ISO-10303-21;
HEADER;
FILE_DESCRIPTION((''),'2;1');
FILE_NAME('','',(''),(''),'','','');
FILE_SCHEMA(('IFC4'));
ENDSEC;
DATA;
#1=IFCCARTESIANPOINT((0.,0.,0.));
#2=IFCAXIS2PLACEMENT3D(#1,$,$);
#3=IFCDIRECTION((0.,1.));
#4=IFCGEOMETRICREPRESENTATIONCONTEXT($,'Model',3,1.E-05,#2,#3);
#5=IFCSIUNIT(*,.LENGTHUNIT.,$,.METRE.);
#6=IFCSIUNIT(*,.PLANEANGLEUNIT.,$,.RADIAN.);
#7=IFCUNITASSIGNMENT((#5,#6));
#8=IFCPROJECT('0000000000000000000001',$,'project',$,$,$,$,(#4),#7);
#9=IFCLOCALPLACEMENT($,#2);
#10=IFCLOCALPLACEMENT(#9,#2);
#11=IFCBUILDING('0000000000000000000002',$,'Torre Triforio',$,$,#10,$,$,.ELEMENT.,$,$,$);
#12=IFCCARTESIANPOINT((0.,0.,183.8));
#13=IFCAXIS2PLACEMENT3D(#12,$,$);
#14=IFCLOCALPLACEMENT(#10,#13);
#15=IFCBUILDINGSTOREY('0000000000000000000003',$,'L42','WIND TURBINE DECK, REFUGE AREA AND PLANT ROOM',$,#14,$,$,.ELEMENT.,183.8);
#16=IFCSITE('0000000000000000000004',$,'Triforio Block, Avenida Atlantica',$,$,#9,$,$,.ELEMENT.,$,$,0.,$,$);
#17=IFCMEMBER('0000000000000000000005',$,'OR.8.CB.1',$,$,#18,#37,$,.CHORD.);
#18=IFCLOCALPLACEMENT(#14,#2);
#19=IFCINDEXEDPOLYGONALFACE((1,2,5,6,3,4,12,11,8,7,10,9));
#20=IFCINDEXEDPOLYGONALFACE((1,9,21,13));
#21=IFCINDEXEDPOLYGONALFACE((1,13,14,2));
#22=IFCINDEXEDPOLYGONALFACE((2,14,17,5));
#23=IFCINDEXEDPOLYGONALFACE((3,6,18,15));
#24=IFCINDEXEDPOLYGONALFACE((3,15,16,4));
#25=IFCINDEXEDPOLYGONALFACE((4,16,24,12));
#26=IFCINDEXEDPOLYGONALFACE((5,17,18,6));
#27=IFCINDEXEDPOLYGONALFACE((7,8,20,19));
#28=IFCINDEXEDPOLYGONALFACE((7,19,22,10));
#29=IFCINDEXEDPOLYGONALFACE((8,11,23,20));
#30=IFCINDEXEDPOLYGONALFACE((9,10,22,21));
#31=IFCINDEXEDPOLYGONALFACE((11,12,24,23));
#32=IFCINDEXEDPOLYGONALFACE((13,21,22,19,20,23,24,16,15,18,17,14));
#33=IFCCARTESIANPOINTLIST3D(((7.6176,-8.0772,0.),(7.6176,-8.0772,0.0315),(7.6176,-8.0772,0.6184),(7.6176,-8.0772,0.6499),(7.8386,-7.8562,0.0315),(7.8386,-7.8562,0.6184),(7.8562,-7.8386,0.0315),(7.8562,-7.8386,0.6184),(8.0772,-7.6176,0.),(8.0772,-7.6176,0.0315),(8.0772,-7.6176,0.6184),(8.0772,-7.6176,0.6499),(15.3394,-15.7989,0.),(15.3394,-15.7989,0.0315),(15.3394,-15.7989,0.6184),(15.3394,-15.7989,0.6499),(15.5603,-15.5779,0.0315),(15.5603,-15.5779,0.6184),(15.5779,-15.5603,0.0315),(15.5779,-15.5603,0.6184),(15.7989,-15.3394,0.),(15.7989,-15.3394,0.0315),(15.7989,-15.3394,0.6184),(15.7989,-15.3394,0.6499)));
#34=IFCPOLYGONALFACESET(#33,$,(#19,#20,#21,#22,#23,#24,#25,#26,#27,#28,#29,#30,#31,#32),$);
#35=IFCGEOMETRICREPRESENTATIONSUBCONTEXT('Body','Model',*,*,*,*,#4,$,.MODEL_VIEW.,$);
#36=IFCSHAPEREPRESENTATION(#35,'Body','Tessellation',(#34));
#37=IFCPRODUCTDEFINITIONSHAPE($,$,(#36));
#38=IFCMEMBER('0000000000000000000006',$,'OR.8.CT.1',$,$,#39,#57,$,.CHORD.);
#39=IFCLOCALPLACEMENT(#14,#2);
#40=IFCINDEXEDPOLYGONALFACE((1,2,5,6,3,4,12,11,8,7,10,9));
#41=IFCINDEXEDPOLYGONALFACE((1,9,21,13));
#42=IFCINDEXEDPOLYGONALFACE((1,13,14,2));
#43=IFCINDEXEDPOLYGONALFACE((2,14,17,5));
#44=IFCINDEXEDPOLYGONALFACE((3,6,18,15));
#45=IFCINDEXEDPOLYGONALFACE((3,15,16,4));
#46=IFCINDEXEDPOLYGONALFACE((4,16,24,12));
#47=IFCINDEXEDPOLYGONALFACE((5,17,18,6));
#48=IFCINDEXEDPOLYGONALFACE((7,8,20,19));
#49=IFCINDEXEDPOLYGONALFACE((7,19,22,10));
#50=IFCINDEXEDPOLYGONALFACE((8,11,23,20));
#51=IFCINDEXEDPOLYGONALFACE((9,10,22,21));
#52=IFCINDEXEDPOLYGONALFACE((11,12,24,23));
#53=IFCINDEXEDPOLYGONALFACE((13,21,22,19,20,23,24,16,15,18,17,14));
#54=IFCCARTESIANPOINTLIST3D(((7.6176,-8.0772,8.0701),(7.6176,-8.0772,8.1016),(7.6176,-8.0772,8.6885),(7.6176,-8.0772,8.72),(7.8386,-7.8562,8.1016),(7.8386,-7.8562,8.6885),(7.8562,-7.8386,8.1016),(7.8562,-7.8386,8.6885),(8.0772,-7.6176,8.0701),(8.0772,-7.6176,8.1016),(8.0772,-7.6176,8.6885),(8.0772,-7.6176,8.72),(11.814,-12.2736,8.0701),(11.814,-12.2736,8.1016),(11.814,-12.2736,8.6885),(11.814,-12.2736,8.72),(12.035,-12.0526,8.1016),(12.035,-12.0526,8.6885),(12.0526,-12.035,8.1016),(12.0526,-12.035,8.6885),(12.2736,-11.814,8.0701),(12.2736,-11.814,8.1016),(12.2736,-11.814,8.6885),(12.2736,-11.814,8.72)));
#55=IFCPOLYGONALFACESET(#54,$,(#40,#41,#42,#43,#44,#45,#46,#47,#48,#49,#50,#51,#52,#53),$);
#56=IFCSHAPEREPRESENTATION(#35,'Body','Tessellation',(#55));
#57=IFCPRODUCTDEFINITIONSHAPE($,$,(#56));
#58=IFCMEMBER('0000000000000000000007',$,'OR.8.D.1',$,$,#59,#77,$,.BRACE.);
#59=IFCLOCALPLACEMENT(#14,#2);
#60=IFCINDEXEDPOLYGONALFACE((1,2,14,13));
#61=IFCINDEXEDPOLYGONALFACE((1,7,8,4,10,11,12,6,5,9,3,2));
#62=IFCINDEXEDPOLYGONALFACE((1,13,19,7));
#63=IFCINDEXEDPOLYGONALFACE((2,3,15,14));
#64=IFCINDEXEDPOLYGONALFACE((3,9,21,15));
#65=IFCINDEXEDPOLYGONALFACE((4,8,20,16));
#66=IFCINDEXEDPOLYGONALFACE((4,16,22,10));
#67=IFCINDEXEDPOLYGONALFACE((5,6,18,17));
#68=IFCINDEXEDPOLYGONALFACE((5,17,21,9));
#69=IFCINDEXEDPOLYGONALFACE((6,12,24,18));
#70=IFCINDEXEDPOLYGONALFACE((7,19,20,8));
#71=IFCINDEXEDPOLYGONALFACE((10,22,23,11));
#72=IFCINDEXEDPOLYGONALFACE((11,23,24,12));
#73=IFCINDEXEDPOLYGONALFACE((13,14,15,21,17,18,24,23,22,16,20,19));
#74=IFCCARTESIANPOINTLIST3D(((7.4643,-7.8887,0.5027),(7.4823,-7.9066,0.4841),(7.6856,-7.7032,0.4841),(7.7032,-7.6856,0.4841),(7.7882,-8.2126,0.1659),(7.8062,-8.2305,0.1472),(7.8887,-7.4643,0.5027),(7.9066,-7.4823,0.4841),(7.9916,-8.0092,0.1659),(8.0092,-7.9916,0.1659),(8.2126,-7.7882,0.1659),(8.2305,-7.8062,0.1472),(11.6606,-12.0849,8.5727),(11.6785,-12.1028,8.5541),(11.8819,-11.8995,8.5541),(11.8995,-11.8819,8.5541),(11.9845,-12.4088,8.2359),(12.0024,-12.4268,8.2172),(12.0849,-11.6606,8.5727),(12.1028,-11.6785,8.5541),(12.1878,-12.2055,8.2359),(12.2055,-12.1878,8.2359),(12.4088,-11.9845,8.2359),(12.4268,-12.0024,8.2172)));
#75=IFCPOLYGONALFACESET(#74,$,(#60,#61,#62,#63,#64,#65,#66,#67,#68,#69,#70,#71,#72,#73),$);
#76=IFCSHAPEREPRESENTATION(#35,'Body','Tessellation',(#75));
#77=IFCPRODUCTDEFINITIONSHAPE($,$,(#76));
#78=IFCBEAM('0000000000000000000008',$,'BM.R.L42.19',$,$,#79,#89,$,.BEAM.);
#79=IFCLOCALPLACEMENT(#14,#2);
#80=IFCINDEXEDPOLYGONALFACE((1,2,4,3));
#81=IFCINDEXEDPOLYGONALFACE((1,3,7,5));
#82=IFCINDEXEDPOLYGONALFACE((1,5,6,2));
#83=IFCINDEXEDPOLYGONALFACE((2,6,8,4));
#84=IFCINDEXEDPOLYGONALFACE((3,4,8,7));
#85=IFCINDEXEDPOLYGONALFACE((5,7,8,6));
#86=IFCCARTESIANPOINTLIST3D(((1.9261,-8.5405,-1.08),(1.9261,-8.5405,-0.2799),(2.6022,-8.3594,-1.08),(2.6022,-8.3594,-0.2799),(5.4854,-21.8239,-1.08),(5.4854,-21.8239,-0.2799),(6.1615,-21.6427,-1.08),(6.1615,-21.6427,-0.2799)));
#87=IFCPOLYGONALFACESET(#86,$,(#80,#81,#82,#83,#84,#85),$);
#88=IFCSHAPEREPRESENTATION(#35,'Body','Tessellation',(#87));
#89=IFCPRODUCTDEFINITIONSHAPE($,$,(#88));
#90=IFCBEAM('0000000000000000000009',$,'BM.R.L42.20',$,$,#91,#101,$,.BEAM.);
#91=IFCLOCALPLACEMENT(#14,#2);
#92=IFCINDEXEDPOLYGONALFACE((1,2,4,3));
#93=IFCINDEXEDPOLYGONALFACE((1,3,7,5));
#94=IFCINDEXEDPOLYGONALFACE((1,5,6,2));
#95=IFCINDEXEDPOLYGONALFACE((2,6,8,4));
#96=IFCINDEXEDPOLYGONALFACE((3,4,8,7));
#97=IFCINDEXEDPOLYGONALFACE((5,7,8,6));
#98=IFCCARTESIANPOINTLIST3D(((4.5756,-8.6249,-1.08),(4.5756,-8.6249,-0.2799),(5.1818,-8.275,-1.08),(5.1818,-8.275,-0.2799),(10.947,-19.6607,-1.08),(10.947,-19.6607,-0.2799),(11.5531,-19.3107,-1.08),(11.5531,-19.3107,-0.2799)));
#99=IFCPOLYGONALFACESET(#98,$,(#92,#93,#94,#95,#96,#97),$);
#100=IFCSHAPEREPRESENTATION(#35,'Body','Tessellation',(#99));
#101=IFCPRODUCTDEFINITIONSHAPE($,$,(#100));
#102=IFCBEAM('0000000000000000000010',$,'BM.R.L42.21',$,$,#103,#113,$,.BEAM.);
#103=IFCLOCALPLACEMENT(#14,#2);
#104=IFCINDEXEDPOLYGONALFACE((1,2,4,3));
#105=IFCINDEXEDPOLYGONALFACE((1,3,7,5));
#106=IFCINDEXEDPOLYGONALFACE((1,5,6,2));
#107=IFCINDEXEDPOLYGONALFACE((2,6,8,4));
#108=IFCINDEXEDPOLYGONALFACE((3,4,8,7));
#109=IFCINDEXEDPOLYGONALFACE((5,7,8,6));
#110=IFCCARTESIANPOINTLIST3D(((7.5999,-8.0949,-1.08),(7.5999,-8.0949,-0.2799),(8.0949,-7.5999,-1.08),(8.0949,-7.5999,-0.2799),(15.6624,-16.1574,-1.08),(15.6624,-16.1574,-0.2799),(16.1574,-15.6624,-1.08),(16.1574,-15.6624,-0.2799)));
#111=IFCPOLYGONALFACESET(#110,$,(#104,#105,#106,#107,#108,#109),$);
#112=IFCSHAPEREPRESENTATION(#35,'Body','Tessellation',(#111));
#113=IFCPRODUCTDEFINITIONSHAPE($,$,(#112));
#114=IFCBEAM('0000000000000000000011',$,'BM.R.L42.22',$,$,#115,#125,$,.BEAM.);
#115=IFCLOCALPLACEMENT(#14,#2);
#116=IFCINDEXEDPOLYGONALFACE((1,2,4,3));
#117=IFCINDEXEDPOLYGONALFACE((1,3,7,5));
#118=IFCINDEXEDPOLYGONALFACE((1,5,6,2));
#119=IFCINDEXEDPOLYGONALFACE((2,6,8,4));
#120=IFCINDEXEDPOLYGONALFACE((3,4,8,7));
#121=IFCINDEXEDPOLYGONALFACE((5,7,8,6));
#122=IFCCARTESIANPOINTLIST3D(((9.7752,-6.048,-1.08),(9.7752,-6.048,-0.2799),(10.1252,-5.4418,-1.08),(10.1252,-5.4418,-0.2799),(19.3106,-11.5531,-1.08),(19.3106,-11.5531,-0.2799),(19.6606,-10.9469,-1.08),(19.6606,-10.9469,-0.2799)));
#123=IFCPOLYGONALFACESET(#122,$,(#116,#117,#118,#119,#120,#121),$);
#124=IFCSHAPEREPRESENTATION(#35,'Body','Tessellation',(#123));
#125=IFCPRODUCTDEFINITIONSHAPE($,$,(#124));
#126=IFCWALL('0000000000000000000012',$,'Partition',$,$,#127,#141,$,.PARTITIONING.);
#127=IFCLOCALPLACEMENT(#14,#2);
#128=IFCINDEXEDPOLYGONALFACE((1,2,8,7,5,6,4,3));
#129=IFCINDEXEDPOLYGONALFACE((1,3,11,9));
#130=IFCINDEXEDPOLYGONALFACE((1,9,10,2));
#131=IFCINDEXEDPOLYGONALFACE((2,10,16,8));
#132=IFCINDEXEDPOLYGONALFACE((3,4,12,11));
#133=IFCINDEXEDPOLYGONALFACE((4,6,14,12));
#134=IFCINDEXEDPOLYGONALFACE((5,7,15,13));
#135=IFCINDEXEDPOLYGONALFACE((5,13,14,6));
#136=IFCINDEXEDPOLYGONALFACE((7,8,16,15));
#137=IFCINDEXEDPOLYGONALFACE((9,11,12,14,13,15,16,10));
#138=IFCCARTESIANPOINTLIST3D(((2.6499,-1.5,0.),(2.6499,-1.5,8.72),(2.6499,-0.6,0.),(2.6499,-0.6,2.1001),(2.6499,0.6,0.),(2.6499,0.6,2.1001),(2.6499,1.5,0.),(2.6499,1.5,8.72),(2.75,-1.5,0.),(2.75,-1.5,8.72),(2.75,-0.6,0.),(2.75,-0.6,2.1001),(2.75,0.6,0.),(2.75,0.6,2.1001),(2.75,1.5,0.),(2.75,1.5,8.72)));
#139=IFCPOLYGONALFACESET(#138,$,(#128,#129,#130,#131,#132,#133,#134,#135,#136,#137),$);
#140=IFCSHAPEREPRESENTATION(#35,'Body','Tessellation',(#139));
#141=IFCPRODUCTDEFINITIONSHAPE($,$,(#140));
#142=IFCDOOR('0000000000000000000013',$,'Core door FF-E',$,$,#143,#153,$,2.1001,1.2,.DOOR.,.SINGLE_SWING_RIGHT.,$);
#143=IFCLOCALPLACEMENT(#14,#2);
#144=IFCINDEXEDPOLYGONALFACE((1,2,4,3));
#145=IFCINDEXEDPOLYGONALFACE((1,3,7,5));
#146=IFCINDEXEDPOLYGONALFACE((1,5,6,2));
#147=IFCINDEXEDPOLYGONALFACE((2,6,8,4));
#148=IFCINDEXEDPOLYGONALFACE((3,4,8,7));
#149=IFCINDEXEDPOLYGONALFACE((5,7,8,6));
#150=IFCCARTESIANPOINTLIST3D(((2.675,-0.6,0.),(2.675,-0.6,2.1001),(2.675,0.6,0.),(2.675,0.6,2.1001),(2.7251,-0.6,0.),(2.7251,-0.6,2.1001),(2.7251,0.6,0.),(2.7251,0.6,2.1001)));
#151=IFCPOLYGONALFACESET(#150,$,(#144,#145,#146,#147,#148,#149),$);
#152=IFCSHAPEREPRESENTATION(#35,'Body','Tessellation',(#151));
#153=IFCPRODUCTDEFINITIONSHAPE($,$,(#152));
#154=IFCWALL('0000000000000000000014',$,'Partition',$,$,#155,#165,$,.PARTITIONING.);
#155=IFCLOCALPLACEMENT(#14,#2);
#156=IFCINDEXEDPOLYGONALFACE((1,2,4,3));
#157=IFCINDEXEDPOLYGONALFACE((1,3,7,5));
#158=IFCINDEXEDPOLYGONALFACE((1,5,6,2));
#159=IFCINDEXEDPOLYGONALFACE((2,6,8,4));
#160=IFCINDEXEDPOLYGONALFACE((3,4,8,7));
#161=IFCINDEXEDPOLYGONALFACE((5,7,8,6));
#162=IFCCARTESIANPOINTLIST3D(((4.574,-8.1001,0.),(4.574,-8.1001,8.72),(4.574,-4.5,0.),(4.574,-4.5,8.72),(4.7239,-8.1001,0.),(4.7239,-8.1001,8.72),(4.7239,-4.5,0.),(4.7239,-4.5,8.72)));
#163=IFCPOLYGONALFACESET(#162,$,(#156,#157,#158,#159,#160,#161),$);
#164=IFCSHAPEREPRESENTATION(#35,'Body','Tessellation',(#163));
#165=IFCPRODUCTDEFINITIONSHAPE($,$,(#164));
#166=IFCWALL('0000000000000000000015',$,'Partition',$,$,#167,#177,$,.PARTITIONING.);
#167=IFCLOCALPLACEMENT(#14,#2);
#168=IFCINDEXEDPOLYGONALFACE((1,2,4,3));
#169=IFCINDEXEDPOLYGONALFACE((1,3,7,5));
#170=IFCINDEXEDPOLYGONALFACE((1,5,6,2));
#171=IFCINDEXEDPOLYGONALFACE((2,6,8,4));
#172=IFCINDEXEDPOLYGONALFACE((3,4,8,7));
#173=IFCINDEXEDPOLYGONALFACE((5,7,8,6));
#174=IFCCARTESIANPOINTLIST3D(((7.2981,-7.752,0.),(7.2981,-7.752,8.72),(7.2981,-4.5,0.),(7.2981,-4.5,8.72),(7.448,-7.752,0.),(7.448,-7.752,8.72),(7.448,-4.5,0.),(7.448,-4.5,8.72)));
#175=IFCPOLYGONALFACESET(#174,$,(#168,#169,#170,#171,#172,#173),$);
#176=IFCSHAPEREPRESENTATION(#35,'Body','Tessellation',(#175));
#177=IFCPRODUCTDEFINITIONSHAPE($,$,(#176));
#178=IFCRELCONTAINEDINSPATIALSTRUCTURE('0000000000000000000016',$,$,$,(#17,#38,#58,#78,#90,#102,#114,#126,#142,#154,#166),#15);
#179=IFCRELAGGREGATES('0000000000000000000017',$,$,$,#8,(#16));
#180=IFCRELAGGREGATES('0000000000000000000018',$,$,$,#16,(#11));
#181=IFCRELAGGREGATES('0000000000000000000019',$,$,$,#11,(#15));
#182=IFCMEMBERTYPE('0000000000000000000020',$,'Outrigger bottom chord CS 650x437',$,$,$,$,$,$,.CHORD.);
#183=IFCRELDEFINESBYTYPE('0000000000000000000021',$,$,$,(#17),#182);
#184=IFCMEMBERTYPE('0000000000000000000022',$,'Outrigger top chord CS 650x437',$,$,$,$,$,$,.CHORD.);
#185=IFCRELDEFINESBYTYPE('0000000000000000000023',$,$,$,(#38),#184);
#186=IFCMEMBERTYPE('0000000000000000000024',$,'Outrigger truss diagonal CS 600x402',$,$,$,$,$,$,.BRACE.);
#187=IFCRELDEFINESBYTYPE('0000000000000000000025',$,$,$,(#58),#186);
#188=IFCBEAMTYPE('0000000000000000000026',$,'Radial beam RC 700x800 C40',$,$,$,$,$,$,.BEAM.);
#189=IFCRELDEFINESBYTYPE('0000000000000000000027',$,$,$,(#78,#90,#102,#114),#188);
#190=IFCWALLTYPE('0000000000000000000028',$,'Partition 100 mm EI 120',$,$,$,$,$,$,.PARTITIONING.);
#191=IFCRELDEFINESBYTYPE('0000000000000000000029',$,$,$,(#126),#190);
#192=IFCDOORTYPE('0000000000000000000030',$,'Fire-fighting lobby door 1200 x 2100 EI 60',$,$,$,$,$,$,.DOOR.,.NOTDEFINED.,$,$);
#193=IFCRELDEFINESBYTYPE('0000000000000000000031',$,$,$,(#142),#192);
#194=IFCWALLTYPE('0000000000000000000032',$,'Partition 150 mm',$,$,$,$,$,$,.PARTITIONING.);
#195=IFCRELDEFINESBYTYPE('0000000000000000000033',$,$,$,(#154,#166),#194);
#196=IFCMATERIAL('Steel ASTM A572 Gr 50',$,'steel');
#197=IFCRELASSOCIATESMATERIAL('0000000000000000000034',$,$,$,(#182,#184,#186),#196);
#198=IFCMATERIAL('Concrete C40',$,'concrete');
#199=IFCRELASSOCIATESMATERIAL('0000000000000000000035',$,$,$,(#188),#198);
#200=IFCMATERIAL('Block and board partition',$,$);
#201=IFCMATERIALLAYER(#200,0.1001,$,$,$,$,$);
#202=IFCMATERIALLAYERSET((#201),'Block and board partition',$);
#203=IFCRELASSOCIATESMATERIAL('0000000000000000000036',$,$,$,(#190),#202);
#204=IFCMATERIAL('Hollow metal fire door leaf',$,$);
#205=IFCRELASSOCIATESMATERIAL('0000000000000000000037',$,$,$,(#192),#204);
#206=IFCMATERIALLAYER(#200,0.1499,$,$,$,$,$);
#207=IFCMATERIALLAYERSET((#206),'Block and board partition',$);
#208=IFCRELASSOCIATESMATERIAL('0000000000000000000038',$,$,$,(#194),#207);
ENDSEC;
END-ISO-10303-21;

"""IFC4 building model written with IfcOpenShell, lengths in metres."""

from ifc_helpers import new_model, si_unit, direction, frame, frame_2d, origin, origin_2d, place, context, subcontext, project, spatial, rectangle, i_section, extrude, material, layer, layer_set, material_profile, profile_set, type_object, element, fill, save


model = new_model("IFC4")

# Units and contexts
model_context = context("Model", 3, precision=1e-05, world=origin(), true_north=direction((0.0, 1.0)))
body_context = subcontext(model_context, "Body", "Model", "MODEL_VIEW")
ifc_project = project(units=[si_unit("LENGTHUNIT", "METRE"), si_unit("PLANEANGLEUNIT", "RADIAN")], contexts=[model_context])

# Site, building, storey
site_placement = place(None, origin())
site = spatial("IfcSite", under=ifc_project, at=site_placement, Name="Triforio Block, Avenida Atlantica", CompositionType="ELEMENT", RefElevation=0.0)
building_placement = place(site_placement, origin())
building = spatial("IfcBuilding", under=site, at=building_placement, Name="Torre Triforio", CompositionType="ELEMENT")
storey_placement = place(building_placement, frame((0.0, 0.0, 183.8)))
storey = spatial("IfcBuildingStorey", under=building, at=storey_placement, Name="L42", Description="WIND TURBINE DECK, REFUGE AREA AND PLANT ROOM", CompositionType="ELEMENT", Elevation=183.8)

# Members
ifc_material_1 = material(Name="Steel ASTM A572 Gr 50", Category="steel")
ifc_material_profile_1 = material_profile(ifc_material_1, i_section(OverallWidth=0.6499, OverallDepth=0.6499, WebThickness=0.0249, FlangeThickness=0.0315, at=origin_2d()), Name="CS 650x437")
ifc_profile_set_1 = profile_set([ifc_material_profile_1], Name="Steel ASTM A572 Gr 50")
member_type_1 = type_object("IfcMemberType", Name="Outrigger bottom chord CS 650x437", PredefinedType="CHORD", material=ifc_profile_set_1)
member_1_placement = place(storey_placement, frame((7.8474, -7.8474, 0.325), z_axis=(0.707107, -0.707107, 0.0), x_axis=(0.707107, 0.707107, 0.0)))
element("IfcMember", 1, at=member_1_placement, inside=storey, type_object=member_type_1, Name="OR.8.CB.1", PredefinedType="CHORD", context=body_context, shape_type="SweptSolid", body=[
    extrude(i_section(OverallWidth=0.6499, OverallDepth=0.6499, WebThickness=0.0249, FlangeThickness=0.0315, at=origin_2d()), origin(), (0.0, 0.0, 1.0), 10.9202),
])
ifc_material_profile_2 = material_profile(ifc_material_1, i_section(OverallWidth=0.6499, OverallDepth=0.6499, WebThickness=0.0249, FlangeThickness=0.0315, at=origin_2d()), Name="CS 650x437")
ifc_profile_set_2 = profile_set([ifc_material_profile_2], Name="Steel ASTM A572 Gr 50")
member_type_2 = type_object("IfcMemberType", Name="Outrigger top chord CS 650x437", PredefinedType="CHORD", material=ifc_profile_set_2)
member_2_placement = place(storey_placement, frame((7.8474, -7.8474, 8.395), z_axis=(0.707107, -0.707107, 0.0), x_axis=(0.707107, 0.707107, 0.0)))
element("IfcMember", 2, at=member_2_placement, inside=storey, type_object=member_type_2, Name="OR.8.CT.1", PredefinedType="CHORD", context=body_context, shape_type="SweptSolid", body=[
    extrude(i_section(OverallWidth=0.6499, OverallDepth=0.6499, WebThickness=0.0249, FlangeThickness=0.0315, at=origin_2d()), origin(), (0.0, 0.0, 1.0), 5.9346),
])
ifc_material_profile_3 = material_profile(ifc_material_1, i_section(OverallWidth=0.6001, OverallDepth=0.6001, WebThickness=0.0249, FlangeThickness=0.0315, at=origin_2d()), Name="CS 600x402")
ifc_profile_set_3 = profile_set([ifc_material_profile_3], Name="Steel ASTM A572 Gr 50")
member_type_3 = type_object("IfcMemberType", Name="Outrigger truss diagonal CS 600x402", PredefinedType="BRACE", material=ifc_profile_set_3)
member_3_placement = place(storey_placement, frame((7.8474, -7.8474, 0.325), z_axis=(0.41891, -0.41891, 0.805624), x_axis=(0.707107, 0.707107, 0.0)))
element("IfcMember", 3, at=member_3_placement, inside=storey, type_object=member_type_3, Name="OR.8.D.1", PredefinedType="BRACE", context=body_context, shape_type="SweptSolid", body=[
    extrude(i_section(OverallWidth=0.6001, OverallDepth=0.6001, WebThickness=0.0249, FlangeThickness=0.0315, at=origin_2d()), origin(), (0.0, 0.0, 1.0), 10.0171),
])

# Beams
ifc_material_2 = material(Name="Concrete C40", Category="concrete")
ifc_material_profile_4 = material_profile(ifc_material_2, rectangle(XDim=0.7, YDim=0.8, at=origin_2d()), Name="RC 700x800")
ifc_profile_set_4 = profile_set([ifc_material_profile_4], Name="Concrete C40")
beam_type = type_object("IfcBeamType", Name="Radial beam RC 700x800 C40", PredefinedType="BEAM", material=ifc_profile_set_4)
beam_1_placement = place(storey_placement, frame((2.2642, -8.45, -0.6799), z_axis=(0.258822, -0.965925, 0.0), x_axis=(0.965925, 0.258822, 0.0)))
element("IfcBeam", 4, at=beam_1_placement, inside=storey, type_object=beam_type, Name="BM.R.L42.19", PredefinedType="BEAM", context=body_context, shape_type="SweptSolid", body=[
    extrude(rectangle(XDim=0.7, YDim=0.8, at=origin_2d()), origin(), (0.0, 0.0, 1.0), 13.752),
])
beam_2_placement = place(storey_placement, frame((4.8787, -8.45, -0.6799), z_axis=(0.499994, -0.866029, 0.0), x_axis=(0.866029, 0.499994, 0.0)))
element("IfcBeam", 5, at=beam_2_placement, inside=storey, type_object=beam_type, Name="BM.R.L42.20", PredefinedType="BEAM", context=body_context, shape_type="SweptSolid", body=[
    extrude(rectangle(XDim=0.7, YDim=0.8, at=origin_2d()), origin(), (0.0, 0.0, 1.0), 12.7429),
])
beam_3_placement = place(storey_placement, frame((7.8474, -7.8474, -0.6799), z_axis=(0.707107, -0.707107, 0.0), x_axis=(0.707107, 0.707107, 0.0)))
element("IfcBeam", 6, at=beam_3_placement, inside=storey, type_object=beam_type, Name="BM.R.L42.21", PredefinedType="BEAM", context=body_context, shape_type="SweptSolid", body=[
    extrude(rectangle(XDim=0.7, YDim=0.8, at=origin_2d()), origin(), (0.0, 0.0, 1.0), 11.4021),
])
beam_4_placement = place(storey_placement, frame((9.9502, -5.7449, -0.6799), z_axis=(0.866031, -0.499991, 0.0), x_axis=(0.499991, 0.866031, 0.0)))
element("IfcBeam", 7, at=beam_4_placement, inside=storey, type_object=beam_type, Name="BM.R.L42.22", PredefinedType="BEAM", context=body_context, shape_type="SweptSolid", body=[
    extrude(rectangle(XDim=0.7, YDim=0.8, at=origin_2d()), origin(), (0.0, 0.0, 1.0), 11.0105),
])

# Wall, opening, door
ifc_material_3 = material(Name="Block and board partition")
ifc_layer_1 = layer(ifc_material_3, 0.1001)
ifc_layer_set_1 = layer_set([ifc_layer_1], Name="Block and board partition")
wall_type_1 = type_object("IfcWallType", Name="Partition 100 mm EI 120", PredefinedType="PARTITIONING", material=ifc_layer_set_1)
wall_1_placement = place(storey_placement, frame((2.7, -1.5, 0.0), z_axis=(0.0, 0.0, 1.0), x_axis=(0.0, 1.0, 0.0)))
wall_1 = element("IfcWall", 8, at=wall_1_placement, inside=storey, type_object=wall_type_1, Name="Partition", PredefinedType="PARTITIONING", context=body_context, shape_type="SweptSolid", body=[
    extrude(rectangle(XDim=3.0, YDim=0.1001, at=frame_2d((1.5, 0.0))), origin(), (0.0, 0.0, 1.0), 8.72),
])
opening_1_placement = place(wall_1_placement, frame((0.8999, 0.0, 0.0)))
opening_1 = element("IfcOpeningElement", 9, at=opening_1_placement, cuts=wall_1, PredefinedType="OPENING", context=body_context, shape_type="SweptSolid", body=[
    extrude(rectangle(XDim=1.2, YDim=2.1001, at=frame_2d((0.6001, 1.05))), frame((0.0, 0.0601, 0.0), z_axis=(0.0, -1.0, 0.0), x_axis=(1.0, 0.0, 0.0)), (0.0, 0.0, 1.0), 0.1201),
])
ifc_material_4 = material(Name="Hollow metal fire door leaf")
door_type_1 = type_object("IfcDoorType", Name="Fire-fighting lobby door 1200 x 2100 EI 60", OperationType="NOTDEFINED", PredefinedType="DOOR", material=ifc_material_4)
door_1_placement = place(opening_1_placement, origin())
door_1 = element("IfcDoor", 10, at=door_1_placement, inside=storey, type_object=door_type_1, Name="Core door FF-E", OperationType="SINGLE_SWING_RIGHT", OverallHeight=2.1001, OverallWidth=1.2, PredefinedType="DOOR", context=body_context, shape_type="SweptSolid", body=[
    extrude(rectangle(XDim=1.2, YDim=2.1001, at=frame_2d((0.6001, 1.05))), frame((0.0, 0.0249, 0.0), z_axis=(0.0, -1.0, 0.0), x_axis=(1.0, 0.0, 0.0)), (0.0, 0.0, 1.0), 0.05),
])
fill(opening_1, door_1)

# Walls
ifc_layer_2 = layer(ifc_material_3, 0.1499)
ifc_layer_set_2 = layer_set([ifc_layer_2], Name="Block and board partition")
wall_type_2 = type_object("IfcWallType", Name="Partition 150 mm", PredefinedType="PARTITIONING", material=ifc_layer_set_2)
wall_2_placement = place(storey_placement, frame((4.6489, -8.1001, 0.0), z_axis=(0.0, 0.0, 1.0), x_axis=(0.0, 1.0, 0.0)))
element("IfcWall", 11, at=wall_2_placement, inside=storey, type_object=wall_type_2, Name="Partition", PredefinedType="PARTITIONING", context=body_context, shape_type="SweptSolid", body=[
    extrude(rectangle(XDim=3.6001, YDim=0.1499, at=frame_2d((1.8, 0.0))), origin(), (0.0, 0.0, 1.0), 8.72),
])
wall_3_placement = place(storey_placement, frame((7.373, -7.752, 0.0), z_axis=(0.0, 0.0, 1.0), x_axis=(0.0, 1.0, 0.0)))
element("IfcWall", 12, at=wall_3_placement, inside=storey, type_object=wall_type_2, Name="Partition", PredefinedType="PARTITIONING", context=body_context, shape_type="SweptSolid", body=[
    extrude(rectangle(XDim=3.252, YDim=0.1499, at=frame_2d((1.626, 0.0))), origin(), (0.0, 0.0, 1.0), 8.72),
])

save(model, "model.ifc")
